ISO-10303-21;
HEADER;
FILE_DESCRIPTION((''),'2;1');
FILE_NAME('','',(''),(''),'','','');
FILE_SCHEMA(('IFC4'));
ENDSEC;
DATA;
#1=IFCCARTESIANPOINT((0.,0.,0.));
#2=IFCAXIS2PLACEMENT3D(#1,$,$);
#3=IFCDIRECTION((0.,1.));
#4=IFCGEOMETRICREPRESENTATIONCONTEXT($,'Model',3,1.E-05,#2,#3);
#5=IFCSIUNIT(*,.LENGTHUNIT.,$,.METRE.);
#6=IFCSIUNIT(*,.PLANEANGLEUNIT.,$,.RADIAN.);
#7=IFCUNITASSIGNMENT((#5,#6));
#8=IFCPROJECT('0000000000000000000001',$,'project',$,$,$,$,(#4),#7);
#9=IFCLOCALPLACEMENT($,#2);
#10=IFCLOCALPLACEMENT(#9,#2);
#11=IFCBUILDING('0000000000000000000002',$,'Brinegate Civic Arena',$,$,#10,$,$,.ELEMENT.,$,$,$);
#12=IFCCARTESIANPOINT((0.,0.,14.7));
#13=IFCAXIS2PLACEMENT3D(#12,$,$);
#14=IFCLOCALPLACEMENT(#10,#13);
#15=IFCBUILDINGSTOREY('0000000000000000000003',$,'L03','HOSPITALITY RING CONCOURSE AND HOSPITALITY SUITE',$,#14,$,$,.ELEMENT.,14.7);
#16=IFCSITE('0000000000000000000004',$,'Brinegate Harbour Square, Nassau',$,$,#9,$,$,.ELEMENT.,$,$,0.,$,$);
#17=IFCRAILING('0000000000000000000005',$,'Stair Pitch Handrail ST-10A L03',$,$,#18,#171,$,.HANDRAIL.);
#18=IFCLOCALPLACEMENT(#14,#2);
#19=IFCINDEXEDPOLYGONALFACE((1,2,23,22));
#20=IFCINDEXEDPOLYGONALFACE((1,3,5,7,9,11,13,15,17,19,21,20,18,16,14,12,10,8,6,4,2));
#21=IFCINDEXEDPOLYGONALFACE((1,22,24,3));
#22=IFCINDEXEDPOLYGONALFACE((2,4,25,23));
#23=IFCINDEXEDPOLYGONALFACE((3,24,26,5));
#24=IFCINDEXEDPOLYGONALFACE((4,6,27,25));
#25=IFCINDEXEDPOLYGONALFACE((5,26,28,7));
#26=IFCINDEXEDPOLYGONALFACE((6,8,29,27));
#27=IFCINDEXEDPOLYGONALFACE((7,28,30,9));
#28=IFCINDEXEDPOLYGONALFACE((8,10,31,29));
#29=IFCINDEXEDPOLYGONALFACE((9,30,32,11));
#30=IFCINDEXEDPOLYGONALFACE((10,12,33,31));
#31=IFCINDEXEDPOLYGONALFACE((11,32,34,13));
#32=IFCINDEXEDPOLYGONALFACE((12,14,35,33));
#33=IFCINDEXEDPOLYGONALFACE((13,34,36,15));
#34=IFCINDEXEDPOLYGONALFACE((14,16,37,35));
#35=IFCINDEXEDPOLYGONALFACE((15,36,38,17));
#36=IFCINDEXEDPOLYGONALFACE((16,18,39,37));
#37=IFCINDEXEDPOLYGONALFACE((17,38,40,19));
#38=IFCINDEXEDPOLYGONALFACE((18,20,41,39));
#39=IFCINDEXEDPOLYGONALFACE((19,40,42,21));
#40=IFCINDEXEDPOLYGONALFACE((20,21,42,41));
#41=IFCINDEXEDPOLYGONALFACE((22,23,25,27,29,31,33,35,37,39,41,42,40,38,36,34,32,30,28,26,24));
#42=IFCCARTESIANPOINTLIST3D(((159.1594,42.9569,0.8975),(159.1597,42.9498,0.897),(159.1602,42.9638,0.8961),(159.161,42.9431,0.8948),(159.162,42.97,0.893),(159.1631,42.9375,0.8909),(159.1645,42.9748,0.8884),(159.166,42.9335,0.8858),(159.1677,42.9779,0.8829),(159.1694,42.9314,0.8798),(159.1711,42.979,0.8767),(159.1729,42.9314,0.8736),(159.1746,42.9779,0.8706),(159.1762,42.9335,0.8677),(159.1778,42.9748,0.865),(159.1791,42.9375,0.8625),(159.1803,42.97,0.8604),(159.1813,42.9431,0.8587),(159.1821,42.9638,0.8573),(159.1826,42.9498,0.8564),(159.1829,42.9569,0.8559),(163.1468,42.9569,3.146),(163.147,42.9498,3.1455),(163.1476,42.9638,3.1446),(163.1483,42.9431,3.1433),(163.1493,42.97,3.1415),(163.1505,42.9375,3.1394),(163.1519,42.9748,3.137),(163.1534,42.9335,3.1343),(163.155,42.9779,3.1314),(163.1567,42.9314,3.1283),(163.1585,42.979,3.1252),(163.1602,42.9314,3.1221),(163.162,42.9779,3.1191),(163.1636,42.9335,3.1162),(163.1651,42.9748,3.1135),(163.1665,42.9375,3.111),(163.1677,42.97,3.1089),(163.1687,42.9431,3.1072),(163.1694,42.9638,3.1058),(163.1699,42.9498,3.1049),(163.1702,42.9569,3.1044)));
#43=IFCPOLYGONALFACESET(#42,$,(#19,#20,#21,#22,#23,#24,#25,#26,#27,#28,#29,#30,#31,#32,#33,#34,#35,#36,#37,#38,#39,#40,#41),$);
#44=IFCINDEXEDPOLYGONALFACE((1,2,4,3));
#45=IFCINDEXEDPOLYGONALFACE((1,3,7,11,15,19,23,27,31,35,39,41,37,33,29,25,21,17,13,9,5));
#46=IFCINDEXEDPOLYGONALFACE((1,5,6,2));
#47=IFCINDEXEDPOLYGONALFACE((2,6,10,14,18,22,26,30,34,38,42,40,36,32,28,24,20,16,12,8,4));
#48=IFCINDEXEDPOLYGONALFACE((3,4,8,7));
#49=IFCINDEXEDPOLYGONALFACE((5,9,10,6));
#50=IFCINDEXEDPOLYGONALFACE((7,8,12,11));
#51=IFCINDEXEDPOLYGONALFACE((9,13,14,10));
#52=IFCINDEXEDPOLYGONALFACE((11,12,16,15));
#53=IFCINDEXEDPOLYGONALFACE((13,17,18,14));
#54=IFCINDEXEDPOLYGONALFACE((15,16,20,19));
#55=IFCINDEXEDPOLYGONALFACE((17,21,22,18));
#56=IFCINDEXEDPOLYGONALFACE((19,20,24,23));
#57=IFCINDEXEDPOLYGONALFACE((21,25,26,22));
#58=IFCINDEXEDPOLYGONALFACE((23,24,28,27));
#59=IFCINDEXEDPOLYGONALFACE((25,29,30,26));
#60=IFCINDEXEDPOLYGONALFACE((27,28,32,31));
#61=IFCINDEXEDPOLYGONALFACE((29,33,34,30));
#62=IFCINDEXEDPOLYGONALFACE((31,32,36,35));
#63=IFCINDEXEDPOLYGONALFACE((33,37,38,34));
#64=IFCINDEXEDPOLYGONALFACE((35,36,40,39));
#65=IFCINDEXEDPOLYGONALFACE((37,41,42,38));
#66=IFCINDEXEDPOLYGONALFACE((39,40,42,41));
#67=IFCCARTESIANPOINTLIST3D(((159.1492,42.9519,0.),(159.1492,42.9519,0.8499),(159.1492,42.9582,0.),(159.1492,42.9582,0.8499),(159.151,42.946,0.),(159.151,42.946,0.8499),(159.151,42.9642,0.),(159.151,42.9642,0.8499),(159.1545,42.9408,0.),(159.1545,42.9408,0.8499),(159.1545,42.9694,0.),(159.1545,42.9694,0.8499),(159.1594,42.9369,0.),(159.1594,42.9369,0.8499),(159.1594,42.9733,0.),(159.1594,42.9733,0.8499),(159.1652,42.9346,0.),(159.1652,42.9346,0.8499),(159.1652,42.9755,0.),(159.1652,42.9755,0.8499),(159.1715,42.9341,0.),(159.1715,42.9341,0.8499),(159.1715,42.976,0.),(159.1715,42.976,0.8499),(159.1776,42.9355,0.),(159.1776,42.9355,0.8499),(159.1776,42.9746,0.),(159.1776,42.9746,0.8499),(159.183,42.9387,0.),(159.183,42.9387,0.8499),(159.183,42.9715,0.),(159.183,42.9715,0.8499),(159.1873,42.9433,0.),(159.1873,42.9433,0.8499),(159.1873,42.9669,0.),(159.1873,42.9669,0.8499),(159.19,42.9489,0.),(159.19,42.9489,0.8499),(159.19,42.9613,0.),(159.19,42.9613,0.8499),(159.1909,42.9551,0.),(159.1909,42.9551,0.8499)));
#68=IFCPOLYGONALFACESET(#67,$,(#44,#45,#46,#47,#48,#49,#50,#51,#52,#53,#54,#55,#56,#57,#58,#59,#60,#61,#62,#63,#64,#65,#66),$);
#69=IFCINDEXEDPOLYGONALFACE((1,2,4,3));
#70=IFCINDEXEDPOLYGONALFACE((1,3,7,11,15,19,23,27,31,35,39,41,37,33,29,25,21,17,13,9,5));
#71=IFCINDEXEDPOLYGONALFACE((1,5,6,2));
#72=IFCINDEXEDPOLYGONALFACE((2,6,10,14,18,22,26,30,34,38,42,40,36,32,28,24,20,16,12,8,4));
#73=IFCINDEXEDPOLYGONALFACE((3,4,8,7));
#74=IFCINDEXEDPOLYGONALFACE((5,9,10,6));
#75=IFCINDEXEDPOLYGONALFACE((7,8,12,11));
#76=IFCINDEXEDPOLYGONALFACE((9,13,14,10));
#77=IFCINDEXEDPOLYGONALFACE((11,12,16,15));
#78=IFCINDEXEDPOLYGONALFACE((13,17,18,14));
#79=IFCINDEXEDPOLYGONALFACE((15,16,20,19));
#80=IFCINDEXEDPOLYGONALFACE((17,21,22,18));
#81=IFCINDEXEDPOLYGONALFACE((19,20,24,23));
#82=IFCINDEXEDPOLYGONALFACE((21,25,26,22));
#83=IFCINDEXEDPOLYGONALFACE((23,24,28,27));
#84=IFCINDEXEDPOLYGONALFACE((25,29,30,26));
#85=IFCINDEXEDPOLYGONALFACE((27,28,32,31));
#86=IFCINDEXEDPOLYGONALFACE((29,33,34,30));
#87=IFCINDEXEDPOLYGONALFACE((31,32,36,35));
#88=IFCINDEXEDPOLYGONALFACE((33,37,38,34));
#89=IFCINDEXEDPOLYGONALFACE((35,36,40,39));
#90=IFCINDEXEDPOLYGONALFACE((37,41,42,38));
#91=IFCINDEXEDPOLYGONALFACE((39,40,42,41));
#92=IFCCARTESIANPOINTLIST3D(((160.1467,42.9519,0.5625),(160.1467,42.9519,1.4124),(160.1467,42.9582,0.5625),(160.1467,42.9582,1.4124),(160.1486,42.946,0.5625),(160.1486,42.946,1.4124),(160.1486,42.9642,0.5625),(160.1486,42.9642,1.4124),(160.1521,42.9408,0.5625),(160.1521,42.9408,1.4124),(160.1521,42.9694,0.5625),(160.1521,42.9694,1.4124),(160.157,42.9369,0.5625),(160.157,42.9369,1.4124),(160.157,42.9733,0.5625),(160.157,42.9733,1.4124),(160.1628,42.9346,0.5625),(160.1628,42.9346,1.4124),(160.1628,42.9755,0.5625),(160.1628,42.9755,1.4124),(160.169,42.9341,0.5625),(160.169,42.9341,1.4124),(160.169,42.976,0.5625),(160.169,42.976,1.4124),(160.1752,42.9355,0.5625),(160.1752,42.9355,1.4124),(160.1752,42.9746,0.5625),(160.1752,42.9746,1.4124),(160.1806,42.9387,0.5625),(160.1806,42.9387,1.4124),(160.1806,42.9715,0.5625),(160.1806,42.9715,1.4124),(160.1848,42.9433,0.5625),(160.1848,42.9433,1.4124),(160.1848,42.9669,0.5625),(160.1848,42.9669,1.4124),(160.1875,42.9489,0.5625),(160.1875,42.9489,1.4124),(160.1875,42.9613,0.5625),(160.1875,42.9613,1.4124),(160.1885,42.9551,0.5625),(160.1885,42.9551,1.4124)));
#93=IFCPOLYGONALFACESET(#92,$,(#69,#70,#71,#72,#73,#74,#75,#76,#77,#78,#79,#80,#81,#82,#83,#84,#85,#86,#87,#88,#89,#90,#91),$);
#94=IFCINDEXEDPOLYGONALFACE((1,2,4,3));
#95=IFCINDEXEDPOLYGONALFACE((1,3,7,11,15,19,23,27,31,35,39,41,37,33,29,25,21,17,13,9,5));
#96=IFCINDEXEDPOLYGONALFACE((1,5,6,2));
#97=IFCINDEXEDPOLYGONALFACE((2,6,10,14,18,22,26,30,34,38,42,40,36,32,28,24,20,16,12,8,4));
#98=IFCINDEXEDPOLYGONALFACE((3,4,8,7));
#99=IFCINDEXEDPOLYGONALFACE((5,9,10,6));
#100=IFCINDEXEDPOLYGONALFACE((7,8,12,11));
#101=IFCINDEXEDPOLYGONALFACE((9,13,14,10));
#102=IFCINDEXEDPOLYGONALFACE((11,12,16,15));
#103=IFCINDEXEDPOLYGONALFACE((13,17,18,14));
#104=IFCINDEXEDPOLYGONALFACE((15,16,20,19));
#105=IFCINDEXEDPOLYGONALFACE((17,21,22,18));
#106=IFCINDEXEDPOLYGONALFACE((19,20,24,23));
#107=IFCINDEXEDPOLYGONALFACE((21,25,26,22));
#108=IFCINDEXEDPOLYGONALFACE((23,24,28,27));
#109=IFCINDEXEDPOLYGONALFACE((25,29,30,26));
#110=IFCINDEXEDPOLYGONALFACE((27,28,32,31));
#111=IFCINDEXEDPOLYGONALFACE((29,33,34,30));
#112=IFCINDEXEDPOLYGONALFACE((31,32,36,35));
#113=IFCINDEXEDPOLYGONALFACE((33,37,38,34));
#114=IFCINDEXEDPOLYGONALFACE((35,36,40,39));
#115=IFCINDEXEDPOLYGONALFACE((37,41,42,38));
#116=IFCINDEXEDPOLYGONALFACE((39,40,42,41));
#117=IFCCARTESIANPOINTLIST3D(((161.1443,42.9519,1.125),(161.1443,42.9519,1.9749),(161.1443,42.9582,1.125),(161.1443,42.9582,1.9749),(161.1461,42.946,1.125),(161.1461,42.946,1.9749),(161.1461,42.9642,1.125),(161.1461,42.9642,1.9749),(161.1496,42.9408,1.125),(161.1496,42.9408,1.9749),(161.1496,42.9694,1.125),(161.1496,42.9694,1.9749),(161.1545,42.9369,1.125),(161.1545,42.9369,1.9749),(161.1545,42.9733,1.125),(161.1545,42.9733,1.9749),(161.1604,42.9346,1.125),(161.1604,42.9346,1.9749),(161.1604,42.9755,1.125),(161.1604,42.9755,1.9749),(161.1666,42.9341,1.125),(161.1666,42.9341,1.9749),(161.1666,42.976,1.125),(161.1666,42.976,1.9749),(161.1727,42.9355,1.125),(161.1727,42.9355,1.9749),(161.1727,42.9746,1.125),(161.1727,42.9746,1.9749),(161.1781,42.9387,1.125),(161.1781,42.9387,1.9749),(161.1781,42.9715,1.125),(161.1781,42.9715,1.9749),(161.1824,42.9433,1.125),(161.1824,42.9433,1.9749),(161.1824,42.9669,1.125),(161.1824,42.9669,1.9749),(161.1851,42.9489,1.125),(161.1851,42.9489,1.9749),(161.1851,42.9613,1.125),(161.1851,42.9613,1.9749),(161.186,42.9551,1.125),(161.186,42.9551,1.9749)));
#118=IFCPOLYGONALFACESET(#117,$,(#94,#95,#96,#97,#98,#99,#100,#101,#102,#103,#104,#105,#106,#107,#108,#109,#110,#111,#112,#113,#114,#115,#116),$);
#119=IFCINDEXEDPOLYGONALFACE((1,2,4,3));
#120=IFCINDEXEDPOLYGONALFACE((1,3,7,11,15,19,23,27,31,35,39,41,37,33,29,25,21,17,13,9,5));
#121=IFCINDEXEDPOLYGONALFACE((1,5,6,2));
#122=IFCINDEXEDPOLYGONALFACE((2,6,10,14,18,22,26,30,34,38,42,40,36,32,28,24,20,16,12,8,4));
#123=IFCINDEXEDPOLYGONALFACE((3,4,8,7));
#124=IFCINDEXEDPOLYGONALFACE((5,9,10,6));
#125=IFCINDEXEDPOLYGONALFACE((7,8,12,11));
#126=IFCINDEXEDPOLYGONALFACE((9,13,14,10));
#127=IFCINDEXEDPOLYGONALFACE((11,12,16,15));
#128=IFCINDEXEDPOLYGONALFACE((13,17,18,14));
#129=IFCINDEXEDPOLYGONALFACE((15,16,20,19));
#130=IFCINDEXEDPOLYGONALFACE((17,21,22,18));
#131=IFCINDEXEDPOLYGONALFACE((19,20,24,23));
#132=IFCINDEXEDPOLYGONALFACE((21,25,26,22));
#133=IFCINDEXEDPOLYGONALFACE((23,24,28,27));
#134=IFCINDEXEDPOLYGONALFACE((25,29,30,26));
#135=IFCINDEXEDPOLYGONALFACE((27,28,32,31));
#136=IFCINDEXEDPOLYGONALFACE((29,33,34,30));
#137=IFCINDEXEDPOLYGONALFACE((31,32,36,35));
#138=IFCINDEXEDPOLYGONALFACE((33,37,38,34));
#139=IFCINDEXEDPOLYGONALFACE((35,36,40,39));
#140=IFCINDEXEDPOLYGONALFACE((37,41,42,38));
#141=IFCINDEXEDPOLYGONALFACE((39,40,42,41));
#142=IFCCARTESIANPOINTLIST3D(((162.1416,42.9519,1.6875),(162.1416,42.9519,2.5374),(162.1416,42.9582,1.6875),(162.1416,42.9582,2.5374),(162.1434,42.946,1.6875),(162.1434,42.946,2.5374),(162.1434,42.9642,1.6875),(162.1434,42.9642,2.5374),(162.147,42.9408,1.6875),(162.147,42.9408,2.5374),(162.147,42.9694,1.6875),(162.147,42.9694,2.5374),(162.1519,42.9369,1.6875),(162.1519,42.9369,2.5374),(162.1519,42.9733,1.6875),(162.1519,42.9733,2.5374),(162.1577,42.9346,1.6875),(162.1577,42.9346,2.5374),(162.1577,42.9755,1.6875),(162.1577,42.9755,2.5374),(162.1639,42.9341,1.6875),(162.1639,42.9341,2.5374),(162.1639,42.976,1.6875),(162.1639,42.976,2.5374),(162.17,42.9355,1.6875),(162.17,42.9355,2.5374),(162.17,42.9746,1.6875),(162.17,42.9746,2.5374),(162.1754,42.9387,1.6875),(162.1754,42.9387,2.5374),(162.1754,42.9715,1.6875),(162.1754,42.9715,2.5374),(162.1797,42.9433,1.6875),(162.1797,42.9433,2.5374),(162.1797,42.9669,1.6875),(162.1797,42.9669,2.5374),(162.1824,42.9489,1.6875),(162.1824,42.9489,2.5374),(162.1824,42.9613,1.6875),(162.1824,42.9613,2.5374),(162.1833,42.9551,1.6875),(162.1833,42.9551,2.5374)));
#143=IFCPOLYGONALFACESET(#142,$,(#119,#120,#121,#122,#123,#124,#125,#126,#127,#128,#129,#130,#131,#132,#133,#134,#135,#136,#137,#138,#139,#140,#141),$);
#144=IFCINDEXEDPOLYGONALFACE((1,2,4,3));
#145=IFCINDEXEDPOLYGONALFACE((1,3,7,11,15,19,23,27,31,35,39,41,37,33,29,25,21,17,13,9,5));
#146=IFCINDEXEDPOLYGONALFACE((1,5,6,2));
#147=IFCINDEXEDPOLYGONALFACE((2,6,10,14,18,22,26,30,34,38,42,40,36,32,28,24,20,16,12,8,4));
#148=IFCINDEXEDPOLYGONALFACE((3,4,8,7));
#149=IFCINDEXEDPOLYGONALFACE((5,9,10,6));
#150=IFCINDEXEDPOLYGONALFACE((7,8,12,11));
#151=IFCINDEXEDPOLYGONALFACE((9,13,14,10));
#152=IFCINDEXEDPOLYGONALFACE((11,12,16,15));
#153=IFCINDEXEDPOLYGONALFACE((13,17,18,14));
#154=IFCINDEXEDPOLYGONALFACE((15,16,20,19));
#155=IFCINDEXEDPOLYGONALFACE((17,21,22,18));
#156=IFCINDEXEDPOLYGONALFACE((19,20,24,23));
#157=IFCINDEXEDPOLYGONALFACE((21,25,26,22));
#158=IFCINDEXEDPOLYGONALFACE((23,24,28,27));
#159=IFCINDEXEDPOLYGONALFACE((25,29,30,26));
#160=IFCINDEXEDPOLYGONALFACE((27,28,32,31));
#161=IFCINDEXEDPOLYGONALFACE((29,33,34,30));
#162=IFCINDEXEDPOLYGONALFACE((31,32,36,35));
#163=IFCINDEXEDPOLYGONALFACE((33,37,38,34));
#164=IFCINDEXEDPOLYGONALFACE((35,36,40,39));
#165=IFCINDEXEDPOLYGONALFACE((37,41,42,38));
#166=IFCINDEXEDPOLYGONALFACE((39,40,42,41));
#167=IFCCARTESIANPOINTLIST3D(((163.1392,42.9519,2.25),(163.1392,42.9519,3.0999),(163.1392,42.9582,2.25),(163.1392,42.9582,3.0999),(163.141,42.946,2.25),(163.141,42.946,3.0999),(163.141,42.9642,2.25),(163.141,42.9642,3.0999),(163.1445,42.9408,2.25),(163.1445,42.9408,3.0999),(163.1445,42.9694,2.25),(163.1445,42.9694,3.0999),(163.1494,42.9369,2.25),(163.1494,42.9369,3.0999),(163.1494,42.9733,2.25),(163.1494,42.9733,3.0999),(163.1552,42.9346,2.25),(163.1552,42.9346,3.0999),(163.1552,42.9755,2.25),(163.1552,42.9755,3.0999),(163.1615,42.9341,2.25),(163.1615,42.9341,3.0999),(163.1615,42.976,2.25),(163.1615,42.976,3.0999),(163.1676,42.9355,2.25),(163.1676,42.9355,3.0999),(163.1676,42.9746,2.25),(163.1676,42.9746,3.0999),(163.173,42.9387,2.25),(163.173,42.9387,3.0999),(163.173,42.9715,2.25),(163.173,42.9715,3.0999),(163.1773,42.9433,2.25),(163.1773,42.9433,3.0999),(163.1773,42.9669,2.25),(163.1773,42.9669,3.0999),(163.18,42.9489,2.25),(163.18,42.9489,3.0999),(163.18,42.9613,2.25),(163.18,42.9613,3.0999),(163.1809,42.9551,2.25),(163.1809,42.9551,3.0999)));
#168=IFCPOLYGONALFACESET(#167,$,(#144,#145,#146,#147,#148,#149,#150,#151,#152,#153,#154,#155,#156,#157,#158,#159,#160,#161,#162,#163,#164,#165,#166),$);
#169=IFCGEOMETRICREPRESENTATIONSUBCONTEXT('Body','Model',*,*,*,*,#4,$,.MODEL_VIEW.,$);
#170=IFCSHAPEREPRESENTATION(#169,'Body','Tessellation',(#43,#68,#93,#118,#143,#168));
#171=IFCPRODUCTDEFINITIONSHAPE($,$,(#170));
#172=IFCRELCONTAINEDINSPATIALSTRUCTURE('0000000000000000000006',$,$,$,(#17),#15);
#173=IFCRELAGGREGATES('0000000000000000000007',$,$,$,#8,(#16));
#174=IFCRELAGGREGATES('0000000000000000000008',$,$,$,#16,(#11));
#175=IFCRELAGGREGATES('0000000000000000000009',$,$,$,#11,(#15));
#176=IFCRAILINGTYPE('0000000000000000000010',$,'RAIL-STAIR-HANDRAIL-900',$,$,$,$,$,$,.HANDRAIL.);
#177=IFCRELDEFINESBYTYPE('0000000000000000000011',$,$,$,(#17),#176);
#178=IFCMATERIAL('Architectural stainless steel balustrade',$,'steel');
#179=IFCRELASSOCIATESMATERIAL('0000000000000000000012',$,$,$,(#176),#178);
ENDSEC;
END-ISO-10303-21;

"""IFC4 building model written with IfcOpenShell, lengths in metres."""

from ifc_helpers import new_model, si_unit, direction, frame, origin, origin_2d, place, context, subcontext, project, spatial, circle, extrude, material, type_object, element, save


model = new_model("IFC4")

# Units and contexts
model_context = context("Model", 3, precision=1e-05, world=origin(), true_north=direction((0.0, 1.0)))
body_context = subcontext(model_context, "Body", "Model", "MODEL_VIEW")
ifc_project = project(units=[si_unit("LENGTHUNIT", "METRE"), si_unit("PLANEANGLEUNIT", "RADIAN")], contexts=[model_context])

# Site, building, storey
site_placement = place(None, origin())
site = spatial("IfcSite", under=ifc_project, at=site_placement, Name="Brinegate Harbour Square, Nassau", CompositionType="ELEMENT", RefElevation=0.0)
building_placement = place(site_placement, origin())
building = spatial("IfcBuilding", under=site, at=building_placement, Name="Brinegate Civic Arena", CompositionType="ELEMENT")
storey_placement = place(building_placement, frame((0.0, 0.0, 14.7)))
storey = spatial("IfcBuildingStorey", under=building, at=storey_placement, Name="L03", Description="HOSPITALITY RING CONCOURSE AND HOSPITALITY SUITE", CompositionType="ELEMENT", Elevation=14.7)

# Railing
ifc_material_1 = material(Name="Architectural stainless steel balustrade", Category="steel")
railing_type_1 = type_object("IfcRailingType", Name="RAIL-STAIR-HANDRAIL-900", PredefinedType="HANDRAIL", material=ifc_material_1)
railing_placement = place(storey_placement, frame((159.1699, 42.9551, 0.0)))
element("IfcRailing", 1, at=railing_placement, inside=storey, type_object=railing_type_1, Name="Stair Pitch Handrail ST-10A L03", PredefinedType="HANDRAIL", context=body_context, shape_type="SweptSolid", body=[
    extrude(circle(Radius=0.0239, at=origin_2d()), frame((0.0012, 0.0, 0.8767), z_axis=(0.87105, 0.0, 0.491195), x_axis=(0.0, 1.0, 0.0)), (0.0, 0.0, 1.0), 4.5776),
    extrude(circle(Radius=0.021, at=origin_2d()), origin(), (0.0, 0.0, 1.0), 0.8499),
    extrude(circle(Radius=0.021, at=origin_2d()), frame((0.9976, 0.0, 0.5625)), (0.0, 0.0, 1.0), 0.8499),
    extrude(circle(Radius=0.021, at=origin_2d()), frame((1.9951, 0.0, 1.125)), (0.0, 0.0, 1.0), 0.8499),
    extrude(circle(Radius=0.021, at=origin_2d()), frame((2.9924, 0.0, 1.6875)), (0.0, 0.0, 1.0), 0.8499),
    extrude(circle(Radius=0.021, at=origin_2d()), frame((3.99, 0.0, 2.25)), (0.0, 0.0, 1.0), 0.8499),
])

save(model, "model.ifc")
